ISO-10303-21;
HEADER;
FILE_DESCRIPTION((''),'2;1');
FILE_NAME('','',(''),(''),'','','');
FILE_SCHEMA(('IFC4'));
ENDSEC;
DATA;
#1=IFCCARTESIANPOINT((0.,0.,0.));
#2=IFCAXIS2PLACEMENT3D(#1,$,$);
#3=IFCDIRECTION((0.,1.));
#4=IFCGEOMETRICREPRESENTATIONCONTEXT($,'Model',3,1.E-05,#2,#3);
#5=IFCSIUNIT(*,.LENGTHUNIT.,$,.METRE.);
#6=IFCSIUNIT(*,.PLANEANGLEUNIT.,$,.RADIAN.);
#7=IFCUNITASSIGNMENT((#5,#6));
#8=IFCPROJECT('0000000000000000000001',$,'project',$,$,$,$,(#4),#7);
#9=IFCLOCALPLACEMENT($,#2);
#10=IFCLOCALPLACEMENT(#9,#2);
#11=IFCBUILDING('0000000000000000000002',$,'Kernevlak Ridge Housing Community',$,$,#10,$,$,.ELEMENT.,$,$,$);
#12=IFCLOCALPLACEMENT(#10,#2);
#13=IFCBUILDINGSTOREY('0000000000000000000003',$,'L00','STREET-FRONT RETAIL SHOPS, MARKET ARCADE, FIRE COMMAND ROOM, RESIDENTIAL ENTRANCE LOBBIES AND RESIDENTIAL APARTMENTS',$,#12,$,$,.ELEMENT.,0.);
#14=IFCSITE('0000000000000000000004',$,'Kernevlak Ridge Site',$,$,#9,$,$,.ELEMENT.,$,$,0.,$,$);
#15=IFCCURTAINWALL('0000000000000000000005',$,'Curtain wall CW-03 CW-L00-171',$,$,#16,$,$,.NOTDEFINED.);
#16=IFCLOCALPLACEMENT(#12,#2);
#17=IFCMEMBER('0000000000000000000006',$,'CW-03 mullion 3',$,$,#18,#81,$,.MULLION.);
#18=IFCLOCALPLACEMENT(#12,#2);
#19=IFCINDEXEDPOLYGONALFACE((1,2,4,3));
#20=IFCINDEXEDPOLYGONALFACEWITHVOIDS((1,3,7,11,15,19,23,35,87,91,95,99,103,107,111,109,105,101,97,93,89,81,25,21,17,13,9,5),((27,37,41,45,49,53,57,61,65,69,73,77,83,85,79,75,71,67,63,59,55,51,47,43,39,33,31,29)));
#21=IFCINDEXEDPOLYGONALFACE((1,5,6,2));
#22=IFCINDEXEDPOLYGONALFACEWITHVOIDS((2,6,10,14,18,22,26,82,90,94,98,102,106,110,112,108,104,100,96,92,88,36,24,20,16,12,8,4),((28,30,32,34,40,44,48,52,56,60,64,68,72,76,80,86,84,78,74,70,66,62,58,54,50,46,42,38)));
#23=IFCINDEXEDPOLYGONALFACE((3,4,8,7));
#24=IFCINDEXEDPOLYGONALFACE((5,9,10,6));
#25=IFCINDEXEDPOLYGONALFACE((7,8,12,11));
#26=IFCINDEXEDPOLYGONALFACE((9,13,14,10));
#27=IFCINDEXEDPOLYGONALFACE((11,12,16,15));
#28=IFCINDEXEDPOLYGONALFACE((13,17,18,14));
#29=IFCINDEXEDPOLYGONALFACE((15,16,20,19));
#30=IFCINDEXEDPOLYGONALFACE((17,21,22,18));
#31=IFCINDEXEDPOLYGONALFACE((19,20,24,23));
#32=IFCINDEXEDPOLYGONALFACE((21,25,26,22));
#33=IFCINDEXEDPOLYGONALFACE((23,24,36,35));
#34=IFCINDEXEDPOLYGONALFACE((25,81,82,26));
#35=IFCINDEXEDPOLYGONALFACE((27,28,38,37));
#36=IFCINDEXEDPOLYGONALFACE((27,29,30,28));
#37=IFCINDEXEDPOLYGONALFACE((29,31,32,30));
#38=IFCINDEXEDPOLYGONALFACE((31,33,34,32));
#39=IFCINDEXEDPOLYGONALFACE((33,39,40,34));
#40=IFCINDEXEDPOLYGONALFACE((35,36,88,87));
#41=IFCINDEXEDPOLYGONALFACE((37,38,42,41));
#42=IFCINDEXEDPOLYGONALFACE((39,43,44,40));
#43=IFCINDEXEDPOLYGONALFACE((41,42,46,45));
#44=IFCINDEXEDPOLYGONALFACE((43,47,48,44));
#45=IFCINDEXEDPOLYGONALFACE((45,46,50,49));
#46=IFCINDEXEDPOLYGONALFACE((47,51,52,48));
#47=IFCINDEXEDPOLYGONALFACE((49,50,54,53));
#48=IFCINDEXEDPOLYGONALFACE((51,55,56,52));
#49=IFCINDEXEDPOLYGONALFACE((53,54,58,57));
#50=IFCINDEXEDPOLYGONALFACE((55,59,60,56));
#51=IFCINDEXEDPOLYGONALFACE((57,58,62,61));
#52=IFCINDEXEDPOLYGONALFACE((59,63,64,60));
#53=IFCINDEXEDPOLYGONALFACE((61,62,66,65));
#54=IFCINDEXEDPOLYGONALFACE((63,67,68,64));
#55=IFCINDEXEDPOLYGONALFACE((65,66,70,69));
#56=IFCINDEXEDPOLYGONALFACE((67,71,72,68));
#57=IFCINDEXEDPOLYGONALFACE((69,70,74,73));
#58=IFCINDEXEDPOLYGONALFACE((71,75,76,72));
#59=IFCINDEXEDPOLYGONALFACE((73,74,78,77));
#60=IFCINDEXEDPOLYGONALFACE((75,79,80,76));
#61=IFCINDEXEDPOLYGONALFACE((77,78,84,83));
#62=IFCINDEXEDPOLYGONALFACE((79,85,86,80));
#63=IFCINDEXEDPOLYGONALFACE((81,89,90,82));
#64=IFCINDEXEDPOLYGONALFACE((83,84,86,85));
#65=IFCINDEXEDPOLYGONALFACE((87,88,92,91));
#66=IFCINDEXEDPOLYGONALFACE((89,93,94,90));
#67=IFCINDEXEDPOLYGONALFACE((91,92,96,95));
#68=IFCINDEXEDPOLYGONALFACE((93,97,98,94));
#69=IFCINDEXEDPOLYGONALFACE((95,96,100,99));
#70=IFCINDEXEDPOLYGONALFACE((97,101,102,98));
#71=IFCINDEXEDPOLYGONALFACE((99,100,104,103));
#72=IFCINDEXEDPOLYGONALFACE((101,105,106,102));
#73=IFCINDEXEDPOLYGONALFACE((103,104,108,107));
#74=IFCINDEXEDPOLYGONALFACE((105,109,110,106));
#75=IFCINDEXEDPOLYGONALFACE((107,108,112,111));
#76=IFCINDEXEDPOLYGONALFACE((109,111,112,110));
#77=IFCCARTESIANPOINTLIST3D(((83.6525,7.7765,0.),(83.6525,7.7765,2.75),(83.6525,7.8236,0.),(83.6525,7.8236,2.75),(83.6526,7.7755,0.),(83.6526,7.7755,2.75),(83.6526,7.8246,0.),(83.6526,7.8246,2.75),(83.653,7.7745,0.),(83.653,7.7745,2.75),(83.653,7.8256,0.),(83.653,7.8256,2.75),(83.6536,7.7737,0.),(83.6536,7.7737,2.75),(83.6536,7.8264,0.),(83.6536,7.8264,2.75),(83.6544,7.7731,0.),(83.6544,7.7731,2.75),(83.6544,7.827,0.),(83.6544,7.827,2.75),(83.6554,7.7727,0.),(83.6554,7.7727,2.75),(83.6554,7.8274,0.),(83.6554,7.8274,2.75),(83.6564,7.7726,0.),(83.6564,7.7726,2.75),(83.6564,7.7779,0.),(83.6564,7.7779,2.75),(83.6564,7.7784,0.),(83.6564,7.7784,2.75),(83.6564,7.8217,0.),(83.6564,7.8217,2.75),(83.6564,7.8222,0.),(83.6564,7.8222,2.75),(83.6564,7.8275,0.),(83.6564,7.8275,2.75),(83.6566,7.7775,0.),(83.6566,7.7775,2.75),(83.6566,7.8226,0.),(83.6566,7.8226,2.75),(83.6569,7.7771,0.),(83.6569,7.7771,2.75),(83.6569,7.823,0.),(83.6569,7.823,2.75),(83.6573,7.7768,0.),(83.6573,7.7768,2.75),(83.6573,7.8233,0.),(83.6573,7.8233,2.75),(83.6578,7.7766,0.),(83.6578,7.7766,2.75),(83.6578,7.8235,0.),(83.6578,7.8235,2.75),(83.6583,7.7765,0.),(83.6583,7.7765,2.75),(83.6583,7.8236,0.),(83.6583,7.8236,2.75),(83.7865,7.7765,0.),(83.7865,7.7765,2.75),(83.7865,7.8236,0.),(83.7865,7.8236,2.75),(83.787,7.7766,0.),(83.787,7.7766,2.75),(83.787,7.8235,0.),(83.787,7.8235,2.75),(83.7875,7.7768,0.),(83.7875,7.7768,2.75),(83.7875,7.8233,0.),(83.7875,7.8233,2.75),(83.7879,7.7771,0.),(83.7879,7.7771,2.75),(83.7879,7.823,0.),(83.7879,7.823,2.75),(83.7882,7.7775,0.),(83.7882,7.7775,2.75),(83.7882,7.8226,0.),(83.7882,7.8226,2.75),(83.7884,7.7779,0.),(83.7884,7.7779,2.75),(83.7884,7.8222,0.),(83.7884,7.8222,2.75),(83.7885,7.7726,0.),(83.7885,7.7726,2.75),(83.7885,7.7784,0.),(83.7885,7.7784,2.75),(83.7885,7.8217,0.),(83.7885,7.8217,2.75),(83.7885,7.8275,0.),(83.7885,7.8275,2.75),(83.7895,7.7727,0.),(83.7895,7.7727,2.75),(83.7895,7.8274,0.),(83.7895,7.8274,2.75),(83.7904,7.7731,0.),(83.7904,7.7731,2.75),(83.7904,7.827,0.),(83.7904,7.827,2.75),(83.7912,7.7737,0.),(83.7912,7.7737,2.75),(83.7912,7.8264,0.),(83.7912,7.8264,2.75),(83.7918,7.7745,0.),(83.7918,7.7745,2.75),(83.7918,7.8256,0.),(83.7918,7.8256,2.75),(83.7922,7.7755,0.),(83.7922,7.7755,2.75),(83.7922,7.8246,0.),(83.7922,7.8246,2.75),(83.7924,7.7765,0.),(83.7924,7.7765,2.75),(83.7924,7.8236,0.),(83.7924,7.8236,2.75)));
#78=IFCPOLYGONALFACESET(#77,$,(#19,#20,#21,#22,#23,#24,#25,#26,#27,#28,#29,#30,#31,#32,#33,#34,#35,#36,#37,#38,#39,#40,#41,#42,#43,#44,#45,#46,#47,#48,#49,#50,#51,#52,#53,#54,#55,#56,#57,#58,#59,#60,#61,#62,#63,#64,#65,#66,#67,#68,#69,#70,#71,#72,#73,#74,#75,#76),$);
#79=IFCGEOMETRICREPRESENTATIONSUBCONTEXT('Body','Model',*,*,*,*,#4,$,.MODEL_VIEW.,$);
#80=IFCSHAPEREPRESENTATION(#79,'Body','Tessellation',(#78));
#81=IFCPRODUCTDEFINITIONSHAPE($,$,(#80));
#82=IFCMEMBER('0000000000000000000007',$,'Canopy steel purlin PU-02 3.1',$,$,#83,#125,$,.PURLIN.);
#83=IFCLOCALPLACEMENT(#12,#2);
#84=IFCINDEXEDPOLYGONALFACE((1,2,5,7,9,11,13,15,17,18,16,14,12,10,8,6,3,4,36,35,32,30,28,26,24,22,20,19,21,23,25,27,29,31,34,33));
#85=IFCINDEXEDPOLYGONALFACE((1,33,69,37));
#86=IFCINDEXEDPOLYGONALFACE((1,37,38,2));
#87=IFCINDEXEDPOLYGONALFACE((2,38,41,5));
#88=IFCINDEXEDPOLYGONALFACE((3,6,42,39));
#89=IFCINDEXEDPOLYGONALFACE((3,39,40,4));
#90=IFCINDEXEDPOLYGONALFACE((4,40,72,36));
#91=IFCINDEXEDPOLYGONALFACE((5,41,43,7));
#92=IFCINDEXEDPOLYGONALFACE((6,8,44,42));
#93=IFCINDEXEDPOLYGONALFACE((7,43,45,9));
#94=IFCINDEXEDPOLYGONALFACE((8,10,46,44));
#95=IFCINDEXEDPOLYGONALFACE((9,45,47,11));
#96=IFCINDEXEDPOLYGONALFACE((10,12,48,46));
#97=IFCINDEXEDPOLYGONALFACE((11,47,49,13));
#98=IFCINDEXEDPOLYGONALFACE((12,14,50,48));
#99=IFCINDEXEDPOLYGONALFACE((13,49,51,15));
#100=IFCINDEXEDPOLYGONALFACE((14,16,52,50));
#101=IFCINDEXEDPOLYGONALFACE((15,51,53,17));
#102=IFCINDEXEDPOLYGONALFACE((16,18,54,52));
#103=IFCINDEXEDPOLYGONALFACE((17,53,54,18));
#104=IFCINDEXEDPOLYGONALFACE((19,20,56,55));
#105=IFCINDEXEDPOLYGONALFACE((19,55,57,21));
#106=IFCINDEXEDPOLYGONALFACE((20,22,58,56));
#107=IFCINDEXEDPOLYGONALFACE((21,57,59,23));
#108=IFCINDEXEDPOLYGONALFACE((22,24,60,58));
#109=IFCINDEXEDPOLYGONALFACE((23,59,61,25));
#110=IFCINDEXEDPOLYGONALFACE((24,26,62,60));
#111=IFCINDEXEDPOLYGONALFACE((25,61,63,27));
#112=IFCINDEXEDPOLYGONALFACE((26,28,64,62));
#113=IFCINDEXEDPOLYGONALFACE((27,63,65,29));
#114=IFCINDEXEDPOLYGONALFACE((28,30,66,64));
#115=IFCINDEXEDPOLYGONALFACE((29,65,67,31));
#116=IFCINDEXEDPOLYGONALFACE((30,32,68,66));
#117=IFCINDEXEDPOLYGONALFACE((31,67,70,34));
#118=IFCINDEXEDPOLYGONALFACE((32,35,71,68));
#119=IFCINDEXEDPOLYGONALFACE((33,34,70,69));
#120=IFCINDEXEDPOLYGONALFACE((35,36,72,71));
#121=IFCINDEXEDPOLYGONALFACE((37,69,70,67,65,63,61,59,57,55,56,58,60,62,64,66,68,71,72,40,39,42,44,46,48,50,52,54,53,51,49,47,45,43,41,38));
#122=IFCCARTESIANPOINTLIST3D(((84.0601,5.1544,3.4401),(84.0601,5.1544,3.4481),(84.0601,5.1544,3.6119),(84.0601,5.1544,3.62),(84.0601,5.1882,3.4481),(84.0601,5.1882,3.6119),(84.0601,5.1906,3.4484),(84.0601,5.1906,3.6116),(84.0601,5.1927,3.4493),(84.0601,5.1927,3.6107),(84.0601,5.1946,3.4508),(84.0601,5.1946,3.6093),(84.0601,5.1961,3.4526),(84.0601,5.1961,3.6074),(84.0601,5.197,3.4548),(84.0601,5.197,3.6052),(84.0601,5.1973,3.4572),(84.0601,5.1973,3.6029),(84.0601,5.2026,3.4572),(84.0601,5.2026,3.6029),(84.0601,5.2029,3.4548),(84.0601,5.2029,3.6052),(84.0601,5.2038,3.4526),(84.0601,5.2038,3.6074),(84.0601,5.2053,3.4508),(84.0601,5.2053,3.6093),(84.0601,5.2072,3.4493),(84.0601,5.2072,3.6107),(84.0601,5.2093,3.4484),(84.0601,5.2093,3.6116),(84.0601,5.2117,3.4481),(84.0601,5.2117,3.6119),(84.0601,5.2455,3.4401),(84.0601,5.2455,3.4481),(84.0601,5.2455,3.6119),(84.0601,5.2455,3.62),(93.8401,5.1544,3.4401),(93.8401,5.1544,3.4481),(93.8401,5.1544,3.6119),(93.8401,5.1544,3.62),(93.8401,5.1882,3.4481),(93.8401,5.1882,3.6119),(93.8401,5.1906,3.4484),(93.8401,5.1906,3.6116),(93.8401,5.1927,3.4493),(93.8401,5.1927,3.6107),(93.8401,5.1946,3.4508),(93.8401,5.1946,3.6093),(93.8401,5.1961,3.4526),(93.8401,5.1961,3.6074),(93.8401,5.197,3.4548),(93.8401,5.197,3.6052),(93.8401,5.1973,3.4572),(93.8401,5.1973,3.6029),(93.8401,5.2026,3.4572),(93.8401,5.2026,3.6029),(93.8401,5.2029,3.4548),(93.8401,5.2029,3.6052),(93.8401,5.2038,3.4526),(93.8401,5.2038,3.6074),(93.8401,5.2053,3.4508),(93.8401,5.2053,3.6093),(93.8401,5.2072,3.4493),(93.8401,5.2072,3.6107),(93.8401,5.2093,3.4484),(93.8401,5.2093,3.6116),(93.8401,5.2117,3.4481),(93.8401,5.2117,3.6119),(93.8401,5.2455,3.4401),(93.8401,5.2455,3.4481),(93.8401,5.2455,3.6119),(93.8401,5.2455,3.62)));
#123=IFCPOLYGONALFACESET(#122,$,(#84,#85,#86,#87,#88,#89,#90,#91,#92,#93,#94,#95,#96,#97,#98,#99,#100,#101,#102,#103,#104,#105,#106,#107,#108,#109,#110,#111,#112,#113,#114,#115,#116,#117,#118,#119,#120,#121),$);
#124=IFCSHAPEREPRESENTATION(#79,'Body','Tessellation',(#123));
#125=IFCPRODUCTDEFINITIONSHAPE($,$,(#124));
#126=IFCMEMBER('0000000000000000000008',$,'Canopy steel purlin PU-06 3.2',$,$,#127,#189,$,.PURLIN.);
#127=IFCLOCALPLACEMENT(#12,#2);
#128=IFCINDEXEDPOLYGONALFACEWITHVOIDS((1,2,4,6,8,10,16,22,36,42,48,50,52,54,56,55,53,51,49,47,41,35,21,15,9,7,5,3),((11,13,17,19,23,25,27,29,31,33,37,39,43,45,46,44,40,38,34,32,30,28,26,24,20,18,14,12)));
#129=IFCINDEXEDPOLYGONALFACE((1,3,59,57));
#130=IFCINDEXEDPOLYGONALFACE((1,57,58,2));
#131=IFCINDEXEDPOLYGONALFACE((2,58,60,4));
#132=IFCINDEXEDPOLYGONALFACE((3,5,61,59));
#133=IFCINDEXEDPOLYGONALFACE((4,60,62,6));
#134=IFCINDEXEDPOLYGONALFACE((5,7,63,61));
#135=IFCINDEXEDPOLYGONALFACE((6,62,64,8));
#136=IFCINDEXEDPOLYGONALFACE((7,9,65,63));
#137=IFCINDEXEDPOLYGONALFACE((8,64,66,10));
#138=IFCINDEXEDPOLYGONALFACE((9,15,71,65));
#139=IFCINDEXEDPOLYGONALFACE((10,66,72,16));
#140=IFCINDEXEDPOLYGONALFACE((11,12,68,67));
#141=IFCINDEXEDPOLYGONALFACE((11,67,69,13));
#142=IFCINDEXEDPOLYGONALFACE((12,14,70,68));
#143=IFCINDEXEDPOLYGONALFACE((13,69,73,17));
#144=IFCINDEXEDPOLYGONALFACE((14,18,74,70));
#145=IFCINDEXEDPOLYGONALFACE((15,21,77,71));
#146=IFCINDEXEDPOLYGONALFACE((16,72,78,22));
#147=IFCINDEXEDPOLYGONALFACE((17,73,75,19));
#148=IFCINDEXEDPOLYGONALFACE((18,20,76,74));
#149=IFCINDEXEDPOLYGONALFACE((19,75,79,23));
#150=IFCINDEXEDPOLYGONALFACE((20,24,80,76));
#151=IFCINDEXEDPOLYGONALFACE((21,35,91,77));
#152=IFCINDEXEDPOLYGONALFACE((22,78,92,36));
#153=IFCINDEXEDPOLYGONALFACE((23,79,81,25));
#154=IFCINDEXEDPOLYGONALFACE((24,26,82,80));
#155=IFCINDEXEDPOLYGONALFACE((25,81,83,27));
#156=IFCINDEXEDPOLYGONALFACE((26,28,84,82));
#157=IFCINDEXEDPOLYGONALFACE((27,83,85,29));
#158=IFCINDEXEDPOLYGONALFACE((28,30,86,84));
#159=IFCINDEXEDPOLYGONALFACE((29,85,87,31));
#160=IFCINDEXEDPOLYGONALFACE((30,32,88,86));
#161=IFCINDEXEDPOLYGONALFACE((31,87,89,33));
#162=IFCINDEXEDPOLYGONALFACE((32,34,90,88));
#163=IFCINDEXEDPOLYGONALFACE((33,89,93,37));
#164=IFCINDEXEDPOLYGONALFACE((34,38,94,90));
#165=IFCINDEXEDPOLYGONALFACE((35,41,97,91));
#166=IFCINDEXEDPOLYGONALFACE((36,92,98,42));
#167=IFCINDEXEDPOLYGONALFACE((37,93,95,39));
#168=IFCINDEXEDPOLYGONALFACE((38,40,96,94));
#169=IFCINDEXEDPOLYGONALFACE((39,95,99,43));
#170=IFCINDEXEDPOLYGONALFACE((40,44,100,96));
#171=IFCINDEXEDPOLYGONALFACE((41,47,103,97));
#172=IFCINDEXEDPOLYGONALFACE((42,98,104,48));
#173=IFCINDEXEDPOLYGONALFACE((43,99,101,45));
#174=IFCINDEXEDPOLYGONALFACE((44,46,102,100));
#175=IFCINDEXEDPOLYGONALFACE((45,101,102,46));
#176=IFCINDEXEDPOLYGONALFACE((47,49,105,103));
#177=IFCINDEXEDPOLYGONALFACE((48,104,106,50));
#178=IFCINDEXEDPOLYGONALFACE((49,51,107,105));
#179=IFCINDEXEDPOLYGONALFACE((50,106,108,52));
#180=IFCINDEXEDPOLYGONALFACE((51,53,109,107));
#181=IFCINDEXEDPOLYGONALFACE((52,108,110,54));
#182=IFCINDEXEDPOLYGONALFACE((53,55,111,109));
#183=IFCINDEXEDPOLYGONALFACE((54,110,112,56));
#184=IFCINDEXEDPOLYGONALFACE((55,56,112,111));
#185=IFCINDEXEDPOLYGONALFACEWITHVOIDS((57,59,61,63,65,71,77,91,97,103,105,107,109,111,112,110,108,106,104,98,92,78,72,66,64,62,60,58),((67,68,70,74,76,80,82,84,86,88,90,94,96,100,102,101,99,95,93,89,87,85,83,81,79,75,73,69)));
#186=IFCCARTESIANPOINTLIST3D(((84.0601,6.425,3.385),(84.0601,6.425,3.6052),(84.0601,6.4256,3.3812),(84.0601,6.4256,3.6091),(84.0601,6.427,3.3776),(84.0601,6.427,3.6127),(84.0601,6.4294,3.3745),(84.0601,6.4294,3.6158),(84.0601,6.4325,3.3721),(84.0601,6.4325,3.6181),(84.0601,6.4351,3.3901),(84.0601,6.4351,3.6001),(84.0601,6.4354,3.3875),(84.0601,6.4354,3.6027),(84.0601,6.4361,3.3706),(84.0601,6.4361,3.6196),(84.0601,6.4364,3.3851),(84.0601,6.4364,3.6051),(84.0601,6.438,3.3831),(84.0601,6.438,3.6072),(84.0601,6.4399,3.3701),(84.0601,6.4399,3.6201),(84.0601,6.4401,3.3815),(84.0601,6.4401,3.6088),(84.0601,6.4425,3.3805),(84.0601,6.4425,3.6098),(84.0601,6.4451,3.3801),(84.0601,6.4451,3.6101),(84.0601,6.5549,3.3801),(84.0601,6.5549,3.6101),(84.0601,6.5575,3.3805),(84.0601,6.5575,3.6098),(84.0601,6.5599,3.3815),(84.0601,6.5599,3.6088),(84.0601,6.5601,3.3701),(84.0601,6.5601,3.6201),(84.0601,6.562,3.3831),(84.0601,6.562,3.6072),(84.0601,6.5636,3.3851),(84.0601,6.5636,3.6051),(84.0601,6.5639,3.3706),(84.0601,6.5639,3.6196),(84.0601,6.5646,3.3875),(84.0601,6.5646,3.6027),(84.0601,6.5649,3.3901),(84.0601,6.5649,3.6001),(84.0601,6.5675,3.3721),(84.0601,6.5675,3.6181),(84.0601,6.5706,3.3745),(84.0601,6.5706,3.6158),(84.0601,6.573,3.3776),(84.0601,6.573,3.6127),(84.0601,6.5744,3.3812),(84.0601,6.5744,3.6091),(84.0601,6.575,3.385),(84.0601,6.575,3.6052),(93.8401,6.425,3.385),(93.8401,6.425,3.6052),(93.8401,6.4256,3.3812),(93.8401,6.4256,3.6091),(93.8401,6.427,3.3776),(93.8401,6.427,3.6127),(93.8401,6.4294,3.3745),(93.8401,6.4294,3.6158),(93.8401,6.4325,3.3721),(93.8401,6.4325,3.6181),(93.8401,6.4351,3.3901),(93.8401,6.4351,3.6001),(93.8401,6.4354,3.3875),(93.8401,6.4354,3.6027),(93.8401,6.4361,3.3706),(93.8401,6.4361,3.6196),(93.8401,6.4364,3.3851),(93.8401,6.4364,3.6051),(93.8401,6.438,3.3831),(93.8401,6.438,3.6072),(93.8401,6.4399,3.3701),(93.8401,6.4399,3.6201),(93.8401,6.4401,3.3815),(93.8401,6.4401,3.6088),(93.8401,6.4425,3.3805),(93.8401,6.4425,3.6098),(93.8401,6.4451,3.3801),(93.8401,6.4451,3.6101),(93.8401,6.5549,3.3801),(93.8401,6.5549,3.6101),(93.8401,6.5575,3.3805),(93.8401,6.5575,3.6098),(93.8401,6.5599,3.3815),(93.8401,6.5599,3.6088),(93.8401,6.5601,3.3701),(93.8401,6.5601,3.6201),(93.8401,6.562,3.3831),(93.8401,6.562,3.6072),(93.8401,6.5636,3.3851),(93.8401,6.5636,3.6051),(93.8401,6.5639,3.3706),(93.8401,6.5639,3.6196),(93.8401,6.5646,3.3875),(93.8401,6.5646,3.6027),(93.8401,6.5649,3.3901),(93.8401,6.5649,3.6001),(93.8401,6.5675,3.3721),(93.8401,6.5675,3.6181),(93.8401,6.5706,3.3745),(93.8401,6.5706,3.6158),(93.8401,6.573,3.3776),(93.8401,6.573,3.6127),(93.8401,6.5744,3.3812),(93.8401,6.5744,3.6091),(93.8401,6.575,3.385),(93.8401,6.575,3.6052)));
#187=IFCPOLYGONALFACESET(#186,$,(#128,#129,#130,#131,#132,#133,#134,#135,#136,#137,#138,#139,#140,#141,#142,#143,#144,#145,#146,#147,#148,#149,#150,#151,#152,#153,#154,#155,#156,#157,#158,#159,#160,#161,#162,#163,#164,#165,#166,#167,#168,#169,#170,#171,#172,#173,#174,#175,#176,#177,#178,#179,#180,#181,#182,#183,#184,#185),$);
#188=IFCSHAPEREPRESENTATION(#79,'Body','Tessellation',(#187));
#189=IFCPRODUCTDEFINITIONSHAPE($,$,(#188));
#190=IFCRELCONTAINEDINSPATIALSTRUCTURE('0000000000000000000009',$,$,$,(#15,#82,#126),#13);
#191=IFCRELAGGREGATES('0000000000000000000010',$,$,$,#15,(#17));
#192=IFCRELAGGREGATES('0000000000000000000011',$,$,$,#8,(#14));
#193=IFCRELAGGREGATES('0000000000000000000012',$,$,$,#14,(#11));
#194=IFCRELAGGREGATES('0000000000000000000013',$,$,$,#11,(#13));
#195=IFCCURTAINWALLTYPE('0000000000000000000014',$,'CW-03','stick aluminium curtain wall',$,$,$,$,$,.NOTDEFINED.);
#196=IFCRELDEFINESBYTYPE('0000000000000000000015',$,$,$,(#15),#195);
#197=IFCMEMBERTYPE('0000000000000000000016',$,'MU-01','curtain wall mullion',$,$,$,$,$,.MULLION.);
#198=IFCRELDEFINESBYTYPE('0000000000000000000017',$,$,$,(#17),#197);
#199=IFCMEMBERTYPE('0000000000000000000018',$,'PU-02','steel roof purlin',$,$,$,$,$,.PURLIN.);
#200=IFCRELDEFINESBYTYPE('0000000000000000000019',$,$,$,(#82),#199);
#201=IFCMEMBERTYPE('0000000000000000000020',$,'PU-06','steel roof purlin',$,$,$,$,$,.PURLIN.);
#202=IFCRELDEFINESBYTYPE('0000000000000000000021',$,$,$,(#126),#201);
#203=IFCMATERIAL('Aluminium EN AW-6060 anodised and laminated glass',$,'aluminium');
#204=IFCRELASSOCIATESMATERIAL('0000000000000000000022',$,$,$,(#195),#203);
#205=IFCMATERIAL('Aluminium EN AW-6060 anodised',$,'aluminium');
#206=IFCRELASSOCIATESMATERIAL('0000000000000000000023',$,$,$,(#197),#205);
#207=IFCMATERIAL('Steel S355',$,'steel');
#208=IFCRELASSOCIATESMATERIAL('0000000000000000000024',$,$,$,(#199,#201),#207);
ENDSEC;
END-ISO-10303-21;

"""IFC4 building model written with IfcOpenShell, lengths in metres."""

from ifc_helpers import new_model, si_unit, direction, frame, origin, origin_2d, place, context, subcontext, project, spatial, hollow_rectangle, i_section, extrude, material, material_profile, profile_set, type_object, element, aggregate, save


model = new_model("IFC4")

# Units and contexts
model_context = context("Model", 3, precision=1e-05, world=origin(), true_north=direction((0.0, 1.0)))
body_context = subcontext(model_context, "Body", "Model", "MODEL_VIEW")
ifc_project = project(units=[si_unit("LENGTHUNIT", "METRE"), si_unit("PLANEANGLEUNIT", "RADIAN")], contexts=[model_context])

# Site, building, storey
site_placement = place(None, origin())
site = spatial("IfcSite", under=ifc_project, at=site_placement, Name="Kernevlak Ridge Site", CompositionType="ELEMENT", RefElevation=0.0)
building_placement = place(site_placement, origin())
building = spatial("IfcBuilding", under=site, at=building_placement, Name="Kernevlak Ridge Housing Community", CompositionType="ELEMENT")
storey_placement = place(building_placement, origin())
storey = spatial("IfcBuildingStorey", under=building, at=storey_placement, Name="L00", Description="STREET-FRONT RETAIL SHOPS, MARKET ARCADE, FIRE COMMAND ROOM, RESIDENTIAL ENTRANCE LOBBIES AND RESIDENTIAL APARTMENTS", CompositionType="ELEMENT", Elevation=0.0)

# Shared definitions
ifc_material_1 = material(Name="Steel S355", Category="steel")

# Curtain wall, member
ifc_material_2 = material(Name="Aluminium EN AW-6060 anodised and laminated glass", Category="aluminium")
curtain_wall_type = type_object("IfcCurtainWallType", Name="CW-03", Description="stick aluminium curtain wall", PredefinedType="NOTDEFINED", material=ifc_material_2)
curtain_wall_placement = place(storey_placement, origin())
curtain_wall = element("IfcCurtainWall", 1, at=curtain_wall_placement, inside=storey, type_object=curtain_wall_type, Name="Curtain wall CW-03 CW-L00-171", PredefinedType="NOTDEFINED")
ifc_material_3 = material(Name="Aluminium EN AW-6060 anodised", Category="aluminium")
ifc_material_profile_1 = material_profile(ifc_material_3, hollow_rectangle(XDim=0.0549, YDim=0.1399, WallThickness=0.0039, InnerFilletRadius=0.002, OuterFilletRadius=0.0039, at=origin_2d()), Name="ALU 55x140x4")
ifc_profile_set_1 = profile_set([ifc_material_profile_1], Name="Aluminium EN AW-6060 anodised")
member_type_1 = type_object("IfcMemberType", Name="MU-01", Description="curtain wall mullion", PredefinedType="MULLION", material=ifc_profile_set_1)
member_1_placement = place(storey_placement, frame((83.7224, 7.8, 0.0), z_axis=(0.0, 0.0, 1.0), x_axis=(0.0, 1.0, 0.0)))
member_1 = element("IfcMember", 2, at=member_1_placement, type_object=member_type_1, Name="CW-03 mullion 3", PredefinedType="MULLION", context=body_context, shape_type="SweptSolid", body=[
    extrude(hollow_rectangle(XDim=0.0549, YDim=0.1399, WallThickness=0.0039, InnerFilletRadius=0.002, OuterFilletRadius=0.0039, at=origin_2d()), origin(), (0.0, 0.0, 1.0), 2.75),
])

# Members
ifc_material_profile_2 = material_profile(ifc_material_1, i_section(OverallWidth=0.0911, OverallDepth=0.1799, WebThickness=0.0054, FlangeThickness=0.0081, FilletRadius=0.009, at=origin_2d()), Name="IPE 180")
ifc_profile_set_2 = profile_set([ifc_material_profile_2], Name="Steel S355")
member_type_2 = type_object("IfcMemberType", Name="PU-02", Description="steel roof purlin", PredefinedType="PURLIN", material=ifc_profile_set_2)
member_2_placement = place(storey_placement, frame((84.0601, 5.2, 3.53), z_axis=(1.0, 0.0, 0.0), x_axis=(0.0, 1.0, 0.0)))
element("IfcMember", 3, at=member_2_placement, inside=storey, type_object=member_type_2, Name="Canopy steel purlin PU-02 3.1", PredefinedType="PURLIN", context=body_context, shape_type="SweptSolid", body=[
    extrude(i_section(OverallWidth=0.0911, OverallDepth=0.1799, WebThickness=0.0054, FlangeThickness=0.0081, FilletRadius=0.009, at=origin_2d()), origin(), (0.0, 0.0, 1.0), 9.78),
])
ifc_material_profile_3 = material_profile(ifc_material_1, hollow_rectangle(XDim=0.1499, YDim=0.25, WallThickness=0.01, InnerFilletRadius=0.01, OuterFilletRadius=0.0149, at=origin_2d()), Name="RHS 250x150x10")
ifc_profile_set_3 = profile_set([ifc_material_profile_3], Name="Steel S355")
member_type_3 = type_object("IfcMemberType", Name="PU-06", Description="steel roof purlin", PredefinedType="PURLIN", material=ifc_profile_set_3)
member_3_placement = place(storey_placement, frame((84.0601, 6.5, 3.4951), z_axis=(1.0, 0.0, 0.0), x_axis=(0.0, 1.0, 0.0)))
element("IfcMember", 4, at=member_3_placement, inside=storey, type_object=member_type_3, Name="Canopy steel purlin PU-06 3.2", PredefinedType="PURLIN", context=body_context, shape_type="SweptSolid", body=[
    extrude(hollow_rectangle(XDim=0.1499, YDim=0.25, WallThickness=0.01, InnerFilletRadius=0.01, OuterFilletRadius=0.0149, at=origin_2d()), origin(), (0.0, 0.0, 1.0), 9.78),
])

aggregate(curtain_wall, [member_1])

save(model, "model.ifc")
